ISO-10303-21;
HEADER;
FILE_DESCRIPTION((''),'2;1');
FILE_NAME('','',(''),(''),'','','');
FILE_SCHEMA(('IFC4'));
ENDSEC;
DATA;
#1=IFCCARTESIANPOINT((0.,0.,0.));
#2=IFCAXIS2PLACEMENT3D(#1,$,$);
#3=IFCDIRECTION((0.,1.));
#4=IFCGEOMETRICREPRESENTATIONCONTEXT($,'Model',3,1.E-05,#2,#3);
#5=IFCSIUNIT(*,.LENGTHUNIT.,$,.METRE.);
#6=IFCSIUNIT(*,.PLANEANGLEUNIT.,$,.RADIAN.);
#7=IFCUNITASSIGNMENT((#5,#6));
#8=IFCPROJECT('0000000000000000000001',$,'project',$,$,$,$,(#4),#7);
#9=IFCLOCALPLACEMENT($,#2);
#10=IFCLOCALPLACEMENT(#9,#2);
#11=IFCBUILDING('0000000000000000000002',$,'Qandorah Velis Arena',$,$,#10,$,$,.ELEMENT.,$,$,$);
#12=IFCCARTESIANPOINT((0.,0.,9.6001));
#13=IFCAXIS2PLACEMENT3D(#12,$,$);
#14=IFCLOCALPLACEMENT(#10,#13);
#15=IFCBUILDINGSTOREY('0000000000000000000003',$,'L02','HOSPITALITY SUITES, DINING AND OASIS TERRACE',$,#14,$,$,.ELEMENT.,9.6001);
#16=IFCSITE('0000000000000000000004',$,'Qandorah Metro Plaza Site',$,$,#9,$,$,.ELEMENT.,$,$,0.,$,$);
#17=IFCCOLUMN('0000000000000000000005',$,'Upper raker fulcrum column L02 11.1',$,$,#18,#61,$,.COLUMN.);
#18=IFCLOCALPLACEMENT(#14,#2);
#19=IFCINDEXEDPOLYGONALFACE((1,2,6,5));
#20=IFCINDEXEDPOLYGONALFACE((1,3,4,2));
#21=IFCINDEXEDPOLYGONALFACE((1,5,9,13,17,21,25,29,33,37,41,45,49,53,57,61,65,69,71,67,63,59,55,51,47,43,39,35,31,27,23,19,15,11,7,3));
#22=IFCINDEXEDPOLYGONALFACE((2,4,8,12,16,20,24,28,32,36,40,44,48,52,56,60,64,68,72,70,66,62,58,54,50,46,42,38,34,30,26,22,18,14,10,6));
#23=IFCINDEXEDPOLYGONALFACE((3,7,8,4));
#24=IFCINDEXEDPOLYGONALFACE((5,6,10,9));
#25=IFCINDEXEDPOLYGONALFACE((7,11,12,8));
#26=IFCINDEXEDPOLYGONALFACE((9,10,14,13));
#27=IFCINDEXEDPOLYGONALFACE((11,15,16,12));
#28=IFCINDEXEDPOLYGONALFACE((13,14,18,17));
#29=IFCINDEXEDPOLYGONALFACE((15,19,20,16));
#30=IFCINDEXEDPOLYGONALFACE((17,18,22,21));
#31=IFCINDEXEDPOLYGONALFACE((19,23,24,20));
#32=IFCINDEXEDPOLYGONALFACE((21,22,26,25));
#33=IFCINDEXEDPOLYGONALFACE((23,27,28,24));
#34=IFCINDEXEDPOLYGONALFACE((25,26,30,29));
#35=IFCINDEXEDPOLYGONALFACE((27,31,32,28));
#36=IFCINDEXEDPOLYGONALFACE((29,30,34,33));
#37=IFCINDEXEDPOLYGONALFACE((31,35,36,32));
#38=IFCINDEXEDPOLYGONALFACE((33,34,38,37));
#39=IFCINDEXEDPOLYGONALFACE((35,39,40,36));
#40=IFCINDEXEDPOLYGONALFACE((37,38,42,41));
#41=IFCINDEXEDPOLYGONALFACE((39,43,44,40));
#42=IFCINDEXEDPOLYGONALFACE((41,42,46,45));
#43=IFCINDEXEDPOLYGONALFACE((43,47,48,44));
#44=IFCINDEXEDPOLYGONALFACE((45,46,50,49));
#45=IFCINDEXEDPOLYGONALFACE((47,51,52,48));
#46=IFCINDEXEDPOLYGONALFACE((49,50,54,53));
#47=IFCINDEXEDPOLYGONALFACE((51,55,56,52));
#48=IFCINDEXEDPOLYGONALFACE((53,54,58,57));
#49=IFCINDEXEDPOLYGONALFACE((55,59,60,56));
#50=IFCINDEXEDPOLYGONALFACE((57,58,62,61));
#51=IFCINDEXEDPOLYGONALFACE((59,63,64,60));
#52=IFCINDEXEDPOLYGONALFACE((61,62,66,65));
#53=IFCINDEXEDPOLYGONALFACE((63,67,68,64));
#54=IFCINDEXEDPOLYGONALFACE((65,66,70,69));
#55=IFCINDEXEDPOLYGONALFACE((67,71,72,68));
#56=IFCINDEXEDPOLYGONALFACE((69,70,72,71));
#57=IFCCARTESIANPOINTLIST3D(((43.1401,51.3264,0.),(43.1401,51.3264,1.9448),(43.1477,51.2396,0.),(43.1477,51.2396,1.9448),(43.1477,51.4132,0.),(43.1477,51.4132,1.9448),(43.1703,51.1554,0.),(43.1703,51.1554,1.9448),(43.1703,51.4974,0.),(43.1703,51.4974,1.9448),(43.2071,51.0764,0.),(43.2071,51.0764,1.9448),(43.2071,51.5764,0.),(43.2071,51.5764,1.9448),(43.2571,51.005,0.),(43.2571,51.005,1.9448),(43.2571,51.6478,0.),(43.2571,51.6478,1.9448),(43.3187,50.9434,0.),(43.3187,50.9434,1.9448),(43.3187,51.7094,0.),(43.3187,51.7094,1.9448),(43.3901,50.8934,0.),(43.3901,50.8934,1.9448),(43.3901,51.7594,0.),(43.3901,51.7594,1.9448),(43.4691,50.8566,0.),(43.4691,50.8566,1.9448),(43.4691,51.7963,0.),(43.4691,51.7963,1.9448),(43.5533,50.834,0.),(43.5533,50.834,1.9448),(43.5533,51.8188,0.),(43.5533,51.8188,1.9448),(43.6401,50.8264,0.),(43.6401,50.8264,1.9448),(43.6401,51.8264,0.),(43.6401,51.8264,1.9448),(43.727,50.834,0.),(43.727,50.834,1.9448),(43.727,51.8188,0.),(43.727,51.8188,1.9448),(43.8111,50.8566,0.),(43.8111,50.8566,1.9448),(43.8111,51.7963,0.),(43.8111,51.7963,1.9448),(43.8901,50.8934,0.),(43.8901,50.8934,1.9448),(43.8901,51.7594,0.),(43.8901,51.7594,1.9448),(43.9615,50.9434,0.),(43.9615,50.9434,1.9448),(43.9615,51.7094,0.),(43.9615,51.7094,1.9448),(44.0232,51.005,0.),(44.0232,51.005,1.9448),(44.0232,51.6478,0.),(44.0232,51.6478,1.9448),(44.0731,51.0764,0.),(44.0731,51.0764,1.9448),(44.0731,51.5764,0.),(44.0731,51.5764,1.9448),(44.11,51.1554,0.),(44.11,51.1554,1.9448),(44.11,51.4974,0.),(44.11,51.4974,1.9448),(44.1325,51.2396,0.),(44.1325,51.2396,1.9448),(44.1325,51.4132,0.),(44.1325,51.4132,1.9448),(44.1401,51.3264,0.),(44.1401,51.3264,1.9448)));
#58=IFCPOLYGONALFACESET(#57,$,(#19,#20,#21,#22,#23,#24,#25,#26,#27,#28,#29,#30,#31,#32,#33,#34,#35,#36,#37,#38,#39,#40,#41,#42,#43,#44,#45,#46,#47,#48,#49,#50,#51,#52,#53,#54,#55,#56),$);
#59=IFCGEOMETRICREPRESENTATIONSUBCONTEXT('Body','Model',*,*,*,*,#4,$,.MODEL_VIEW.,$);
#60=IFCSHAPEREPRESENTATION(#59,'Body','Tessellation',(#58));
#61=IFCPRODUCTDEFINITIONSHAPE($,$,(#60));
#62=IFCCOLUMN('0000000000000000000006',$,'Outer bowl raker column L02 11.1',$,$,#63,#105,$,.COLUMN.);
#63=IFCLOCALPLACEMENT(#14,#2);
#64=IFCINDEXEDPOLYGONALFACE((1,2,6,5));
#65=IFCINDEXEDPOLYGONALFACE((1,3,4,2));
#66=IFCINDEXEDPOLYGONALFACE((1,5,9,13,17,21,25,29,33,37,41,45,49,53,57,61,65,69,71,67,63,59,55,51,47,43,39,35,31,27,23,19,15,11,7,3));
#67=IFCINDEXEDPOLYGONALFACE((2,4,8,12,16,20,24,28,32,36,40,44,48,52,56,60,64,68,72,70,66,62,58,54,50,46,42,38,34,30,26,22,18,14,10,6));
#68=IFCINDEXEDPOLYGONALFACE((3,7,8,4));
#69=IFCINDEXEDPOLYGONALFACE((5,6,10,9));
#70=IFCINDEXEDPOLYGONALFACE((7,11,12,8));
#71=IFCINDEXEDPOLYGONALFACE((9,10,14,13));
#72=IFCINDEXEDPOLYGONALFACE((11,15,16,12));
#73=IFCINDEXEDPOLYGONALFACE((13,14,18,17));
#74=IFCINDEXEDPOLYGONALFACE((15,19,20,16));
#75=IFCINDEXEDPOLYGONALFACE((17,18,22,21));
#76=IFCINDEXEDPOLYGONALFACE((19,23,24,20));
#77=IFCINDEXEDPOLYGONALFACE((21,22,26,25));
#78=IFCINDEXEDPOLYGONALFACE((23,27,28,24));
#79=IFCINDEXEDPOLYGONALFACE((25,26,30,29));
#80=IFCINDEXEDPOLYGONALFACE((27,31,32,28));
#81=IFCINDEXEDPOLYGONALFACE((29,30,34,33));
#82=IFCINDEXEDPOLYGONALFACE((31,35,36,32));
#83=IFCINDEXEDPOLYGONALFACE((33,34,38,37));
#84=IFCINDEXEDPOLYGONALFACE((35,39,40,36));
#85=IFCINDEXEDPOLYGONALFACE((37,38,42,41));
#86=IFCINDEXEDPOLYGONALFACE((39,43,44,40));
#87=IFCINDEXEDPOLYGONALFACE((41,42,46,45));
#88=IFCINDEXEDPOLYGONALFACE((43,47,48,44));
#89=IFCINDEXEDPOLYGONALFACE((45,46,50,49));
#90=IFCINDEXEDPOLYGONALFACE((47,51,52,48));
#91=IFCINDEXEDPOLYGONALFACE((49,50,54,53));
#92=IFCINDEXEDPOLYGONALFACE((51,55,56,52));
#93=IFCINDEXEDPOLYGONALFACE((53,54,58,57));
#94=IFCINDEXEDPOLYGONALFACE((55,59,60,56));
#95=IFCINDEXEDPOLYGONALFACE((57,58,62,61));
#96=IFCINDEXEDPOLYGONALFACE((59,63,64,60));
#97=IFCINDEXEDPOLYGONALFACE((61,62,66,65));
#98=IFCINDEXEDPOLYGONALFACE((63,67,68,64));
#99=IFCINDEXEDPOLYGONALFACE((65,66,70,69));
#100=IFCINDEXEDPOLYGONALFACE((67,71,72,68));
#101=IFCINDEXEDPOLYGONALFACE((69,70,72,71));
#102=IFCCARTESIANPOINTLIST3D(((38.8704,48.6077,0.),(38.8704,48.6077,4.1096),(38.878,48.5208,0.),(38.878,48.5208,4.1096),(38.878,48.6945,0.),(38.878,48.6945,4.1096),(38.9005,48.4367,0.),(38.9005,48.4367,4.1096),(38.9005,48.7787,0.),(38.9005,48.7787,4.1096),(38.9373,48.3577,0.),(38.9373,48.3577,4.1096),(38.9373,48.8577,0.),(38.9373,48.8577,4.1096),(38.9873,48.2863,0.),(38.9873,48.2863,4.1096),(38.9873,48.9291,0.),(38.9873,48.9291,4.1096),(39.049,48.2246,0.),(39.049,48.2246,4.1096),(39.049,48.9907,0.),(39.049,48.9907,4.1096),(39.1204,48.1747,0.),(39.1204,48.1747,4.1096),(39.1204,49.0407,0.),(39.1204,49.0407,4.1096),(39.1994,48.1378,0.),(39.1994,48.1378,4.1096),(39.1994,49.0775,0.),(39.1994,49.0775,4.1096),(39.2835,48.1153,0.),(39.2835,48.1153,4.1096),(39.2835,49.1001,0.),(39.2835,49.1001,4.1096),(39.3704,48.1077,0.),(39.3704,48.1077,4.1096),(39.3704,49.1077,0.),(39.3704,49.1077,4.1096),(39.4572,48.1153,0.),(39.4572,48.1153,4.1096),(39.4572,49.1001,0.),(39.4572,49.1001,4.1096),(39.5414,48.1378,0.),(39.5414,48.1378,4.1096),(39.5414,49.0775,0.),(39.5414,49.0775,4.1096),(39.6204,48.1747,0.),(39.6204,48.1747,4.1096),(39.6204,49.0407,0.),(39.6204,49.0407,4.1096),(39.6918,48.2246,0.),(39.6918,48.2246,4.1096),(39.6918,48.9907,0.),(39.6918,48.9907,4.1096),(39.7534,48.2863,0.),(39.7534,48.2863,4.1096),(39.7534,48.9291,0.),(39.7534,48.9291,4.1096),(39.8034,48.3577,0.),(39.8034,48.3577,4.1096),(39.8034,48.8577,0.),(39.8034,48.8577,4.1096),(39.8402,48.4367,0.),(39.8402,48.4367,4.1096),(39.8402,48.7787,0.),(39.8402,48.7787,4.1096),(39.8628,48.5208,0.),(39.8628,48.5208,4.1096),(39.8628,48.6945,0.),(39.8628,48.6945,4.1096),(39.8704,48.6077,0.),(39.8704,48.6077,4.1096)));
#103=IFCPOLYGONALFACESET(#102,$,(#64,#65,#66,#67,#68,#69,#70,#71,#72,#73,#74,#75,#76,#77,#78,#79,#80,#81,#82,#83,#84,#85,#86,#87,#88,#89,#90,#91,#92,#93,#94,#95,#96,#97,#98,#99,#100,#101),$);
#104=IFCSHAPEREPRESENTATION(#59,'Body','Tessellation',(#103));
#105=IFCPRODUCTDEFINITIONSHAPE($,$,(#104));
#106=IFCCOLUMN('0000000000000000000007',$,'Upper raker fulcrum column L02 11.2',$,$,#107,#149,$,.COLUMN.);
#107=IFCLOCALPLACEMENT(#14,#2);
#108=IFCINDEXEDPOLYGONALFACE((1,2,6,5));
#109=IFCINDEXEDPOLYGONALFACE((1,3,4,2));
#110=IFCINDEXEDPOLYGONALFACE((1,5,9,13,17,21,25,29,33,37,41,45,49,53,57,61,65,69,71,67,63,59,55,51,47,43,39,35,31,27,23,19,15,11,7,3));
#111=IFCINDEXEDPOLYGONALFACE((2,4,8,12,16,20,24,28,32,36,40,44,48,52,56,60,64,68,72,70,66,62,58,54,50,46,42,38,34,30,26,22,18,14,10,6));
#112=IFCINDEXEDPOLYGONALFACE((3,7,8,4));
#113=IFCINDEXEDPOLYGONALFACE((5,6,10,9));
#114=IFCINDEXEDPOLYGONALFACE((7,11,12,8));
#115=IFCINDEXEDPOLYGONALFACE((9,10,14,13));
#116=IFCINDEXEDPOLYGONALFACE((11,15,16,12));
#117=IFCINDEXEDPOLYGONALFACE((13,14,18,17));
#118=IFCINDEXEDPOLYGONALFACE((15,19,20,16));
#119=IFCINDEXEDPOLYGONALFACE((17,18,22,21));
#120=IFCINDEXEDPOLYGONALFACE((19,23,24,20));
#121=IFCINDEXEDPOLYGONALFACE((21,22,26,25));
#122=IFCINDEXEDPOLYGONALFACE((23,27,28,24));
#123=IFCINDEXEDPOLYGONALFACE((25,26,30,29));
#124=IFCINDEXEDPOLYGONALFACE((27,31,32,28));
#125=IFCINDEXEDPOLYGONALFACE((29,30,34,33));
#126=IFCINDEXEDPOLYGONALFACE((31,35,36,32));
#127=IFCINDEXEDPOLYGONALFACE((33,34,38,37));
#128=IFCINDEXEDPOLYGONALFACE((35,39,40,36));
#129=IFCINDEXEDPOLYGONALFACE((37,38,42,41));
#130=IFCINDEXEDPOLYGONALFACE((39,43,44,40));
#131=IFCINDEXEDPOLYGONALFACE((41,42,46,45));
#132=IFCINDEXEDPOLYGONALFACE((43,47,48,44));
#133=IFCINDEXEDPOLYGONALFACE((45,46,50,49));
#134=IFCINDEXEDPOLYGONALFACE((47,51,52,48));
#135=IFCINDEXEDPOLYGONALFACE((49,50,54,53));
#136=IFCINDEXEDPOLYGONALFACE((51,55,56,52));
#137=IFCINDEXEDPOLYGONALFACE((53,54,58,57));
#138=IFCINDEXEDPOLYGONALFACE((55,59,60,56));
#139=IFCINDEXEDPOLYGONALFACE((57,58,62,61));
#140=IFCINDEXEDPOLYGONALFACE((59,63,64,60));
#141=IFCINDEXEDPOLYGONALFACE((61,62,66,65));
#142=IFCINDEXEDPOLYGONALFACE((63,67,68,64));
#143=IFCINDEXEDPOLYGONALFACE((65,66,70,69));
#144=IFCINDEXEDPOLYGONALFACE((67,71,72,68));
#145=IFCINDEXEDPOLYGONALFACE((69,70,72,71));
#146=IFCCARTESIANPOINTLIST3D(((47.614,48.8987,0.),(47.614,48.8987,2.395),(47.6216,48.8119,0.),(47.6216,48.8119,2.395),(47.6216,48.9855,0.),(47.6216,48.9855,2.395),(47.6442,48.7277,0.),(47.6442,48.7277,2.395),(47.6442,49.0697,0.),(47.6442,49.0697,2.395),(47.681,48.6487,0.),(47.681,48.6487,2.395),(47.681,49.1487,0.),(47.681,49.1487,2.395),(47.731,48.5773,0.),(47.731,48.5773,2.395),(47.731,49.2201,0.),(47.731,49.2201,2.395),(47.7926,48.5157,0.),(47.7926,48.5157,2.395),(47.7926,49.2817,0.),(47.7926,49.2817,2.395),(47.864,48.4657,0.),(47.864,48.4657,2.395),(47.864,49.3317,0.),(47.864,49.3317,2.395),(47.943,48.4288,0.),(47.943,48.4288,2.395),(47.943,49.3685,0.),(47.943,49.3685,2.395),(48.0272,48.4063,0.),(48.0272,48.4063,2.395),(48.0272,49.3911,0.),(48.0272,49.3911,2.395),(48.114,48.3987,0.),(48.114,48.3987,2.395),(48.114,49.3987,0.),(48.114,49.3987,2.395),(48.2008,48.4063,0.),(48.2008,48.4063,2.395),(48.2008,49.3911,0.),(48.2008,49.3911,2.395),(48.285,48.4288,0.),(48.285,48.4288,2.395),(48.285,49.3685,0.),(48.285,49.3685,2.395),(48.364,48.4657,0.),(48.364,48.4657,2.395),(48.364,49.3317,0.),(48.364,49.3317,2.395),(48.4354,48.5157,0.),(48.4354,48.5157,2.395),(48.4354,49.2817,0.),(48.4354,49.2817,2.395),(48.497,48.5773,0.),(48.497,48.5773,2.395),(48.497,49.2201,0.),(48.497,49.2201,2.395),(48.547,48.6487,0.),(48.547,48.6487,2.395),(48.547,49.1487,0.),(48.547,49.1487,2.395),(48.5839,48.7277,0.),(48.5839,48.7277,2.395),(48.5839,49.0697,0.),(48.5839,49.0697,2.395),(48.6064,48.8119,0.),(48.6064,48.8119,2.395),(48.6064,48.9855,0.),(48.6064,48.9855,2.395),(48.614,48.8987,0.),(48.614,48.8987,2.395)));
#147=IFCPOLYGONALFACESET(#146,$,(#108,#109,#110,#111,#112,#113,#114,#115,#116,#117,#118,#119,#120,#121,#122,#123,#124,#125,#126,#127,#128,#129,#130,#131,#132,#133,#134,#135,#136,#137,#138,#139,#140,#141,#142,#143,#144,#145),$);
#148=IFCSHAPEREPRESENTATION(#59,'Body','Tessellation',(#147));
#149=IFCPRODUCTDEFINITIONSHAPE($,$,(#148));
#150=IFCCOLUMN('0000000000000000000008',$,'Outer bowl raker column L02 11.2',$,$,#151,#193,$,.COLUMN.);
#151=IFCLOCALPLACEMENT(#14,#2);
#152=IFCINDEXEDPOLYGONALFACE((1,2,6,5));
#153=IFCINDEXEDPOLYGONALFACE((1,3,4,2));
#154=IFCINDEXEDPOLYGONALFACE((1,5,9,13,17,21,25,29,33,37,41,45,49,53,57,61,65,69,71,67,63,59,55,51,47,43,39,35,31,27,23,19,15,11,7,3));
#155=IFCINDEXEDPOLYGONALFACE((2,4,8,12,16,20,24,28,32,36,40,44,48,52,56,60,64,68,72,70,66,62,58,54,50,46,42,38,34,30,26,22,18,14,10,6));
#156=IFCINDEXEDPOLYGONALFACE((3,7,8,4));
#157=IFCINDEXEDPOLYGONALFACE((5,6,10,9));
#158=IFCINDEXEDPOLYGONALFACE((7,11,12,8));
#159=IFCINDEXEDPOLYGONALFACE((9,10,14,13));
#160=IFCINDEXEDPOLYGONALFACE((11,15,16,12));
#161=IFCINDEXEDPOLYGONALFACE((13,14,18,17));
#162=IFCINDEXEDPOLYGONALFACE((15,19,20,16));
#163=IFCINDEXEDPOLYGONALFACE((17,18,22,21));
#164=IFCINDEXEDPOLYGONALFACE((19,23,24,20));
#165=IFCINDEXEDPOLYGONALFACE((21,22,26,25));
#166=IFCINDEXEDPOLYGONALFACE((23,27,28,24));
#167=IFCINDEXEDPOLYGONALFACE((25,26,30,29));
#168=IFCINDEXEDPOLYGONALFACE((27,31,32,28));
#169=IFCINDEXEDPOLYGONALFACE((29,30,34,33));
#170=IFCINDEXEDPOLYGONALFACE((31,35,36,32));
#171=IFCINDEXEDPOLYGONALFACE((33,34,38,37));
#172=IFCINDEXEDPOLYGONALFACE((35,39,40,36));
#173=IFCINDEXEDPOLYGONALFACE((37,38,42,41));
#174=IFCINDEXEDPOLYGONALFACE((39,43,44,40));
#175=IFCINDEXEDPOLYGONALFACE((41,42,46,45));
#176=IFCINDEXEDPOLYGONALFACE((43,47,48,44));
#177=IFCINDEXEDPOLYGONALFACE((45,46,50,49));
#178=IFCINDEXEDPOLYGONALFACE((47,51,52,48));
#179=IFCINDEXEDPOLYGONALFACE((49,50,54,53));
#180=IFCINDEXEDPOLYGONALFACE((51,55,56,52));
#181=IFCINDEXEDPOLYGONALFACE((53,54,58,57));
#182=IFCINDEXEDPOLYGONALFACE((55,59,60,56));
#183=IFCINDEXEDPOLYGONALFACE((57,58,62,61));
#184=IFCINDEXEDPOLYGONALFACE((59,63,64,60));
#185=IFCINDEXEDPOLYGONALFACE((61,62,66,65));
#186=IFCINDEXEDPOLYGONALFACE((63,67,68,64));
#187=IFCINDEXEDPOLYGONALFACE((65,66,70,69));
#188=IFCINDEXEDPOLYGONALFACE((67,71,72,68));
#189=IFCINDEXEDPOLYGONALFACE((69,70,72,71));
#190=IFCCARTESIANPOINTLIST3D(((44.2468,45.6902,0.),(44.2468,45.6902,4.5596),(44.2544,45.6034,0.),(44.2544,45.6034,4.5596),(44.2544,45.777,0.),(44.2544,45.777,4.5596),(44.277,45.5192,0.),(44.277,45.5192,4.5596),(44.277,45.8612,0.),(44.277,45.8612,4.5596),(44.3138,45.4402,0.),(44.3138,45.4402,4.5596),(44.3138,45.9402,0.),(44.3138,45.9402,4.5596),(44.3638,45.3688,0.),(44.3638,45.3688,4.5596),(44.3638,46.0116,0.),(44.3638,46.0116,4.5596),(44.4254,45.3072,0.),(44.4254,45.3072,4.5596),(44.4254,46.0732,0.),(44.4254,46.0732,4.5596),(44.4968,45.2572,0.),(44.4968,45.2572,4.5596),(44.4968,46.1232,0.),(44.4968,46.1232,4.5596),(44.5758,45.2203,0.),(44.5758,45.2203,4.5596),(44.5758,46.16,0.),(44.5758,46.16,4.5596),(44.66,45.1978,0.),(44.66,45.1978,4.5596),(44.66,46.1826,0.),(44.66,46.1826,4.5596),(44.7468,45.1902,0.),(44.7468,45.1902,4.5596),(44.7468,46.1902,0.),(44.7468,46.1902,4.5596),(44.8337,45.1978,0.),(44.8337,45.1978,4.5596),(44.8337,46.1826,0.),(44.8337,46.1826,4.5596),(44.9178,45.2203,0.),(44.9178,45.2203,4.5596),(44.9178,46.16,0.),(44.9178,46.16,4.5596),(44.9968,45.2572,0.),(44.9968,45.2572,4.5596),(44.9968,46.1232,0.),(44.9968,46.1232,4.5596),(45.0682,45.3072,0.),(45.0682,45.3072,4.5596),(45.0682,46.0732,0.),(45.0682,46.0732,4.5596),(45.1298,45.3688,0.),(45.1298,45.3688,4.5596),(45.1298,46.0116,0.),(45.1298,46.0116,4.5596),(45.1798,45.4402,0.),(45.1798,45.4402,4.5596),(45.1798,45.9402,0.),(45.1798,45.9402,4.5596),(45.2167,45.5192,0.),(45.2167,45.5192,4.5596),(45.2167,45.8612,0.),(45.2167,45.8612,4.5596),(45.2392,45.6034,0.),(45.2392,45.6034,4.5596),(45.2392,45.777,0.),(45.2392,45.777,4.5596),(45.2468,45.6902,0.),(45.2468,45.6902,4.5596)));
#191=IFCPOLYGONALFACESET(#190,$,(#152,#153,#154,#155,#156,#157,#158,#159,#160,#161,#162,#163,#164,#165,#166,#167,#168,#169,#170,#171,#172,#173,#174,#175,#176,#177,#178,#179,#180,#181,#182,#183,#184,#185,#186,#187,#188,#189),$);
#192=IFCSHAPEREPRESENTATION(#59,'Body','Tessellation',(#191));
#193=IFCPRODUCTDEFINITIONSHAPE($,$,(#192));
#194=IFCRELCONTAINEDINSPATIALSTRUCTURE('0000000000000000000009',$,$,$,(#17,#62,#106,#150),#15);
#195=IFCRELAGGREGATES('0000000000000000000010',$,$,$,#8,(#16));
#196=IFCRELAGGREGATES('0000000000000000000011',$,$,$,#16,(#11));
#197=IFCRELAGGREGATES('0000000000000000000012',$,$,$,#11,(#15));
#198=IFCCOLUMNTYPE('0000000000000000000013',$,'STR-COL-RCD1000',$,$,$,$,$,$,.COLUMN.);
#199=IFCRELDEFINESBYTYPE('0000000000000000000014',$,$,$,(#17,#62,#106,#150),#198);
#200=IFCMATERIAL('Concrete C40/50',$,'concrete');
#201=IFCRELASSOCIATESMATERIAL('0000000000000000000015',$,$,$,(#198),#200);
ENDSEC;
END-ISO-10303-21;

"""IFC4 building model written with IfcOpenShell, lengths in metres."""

from ifc_helpers import new_model, si_unit, direction, frame, origin, origin_2d, place, context, subcontext, project, spatial, circle, extrude, material, material_profile, profile_set, type_object, element, save


model = new_model("IFC4")

# Units and contexts
model_context = context("Model", 3, precision=1e-05, world=origin(), true_north=direction((0.0, 1.0)))
body_context = subcontext(model_context, "Body", "Model", "MODEL_VIEW")
ifc_project = project(units=[si_unit("LENGTHUNIT", "METRE"), si_unit("PLANEANGLEUNIT", "RADIAN")], contexts=[model_context])

# Site, building, storey
site_placement = place(None, origin())
site = spatial("IfcSite", under=ifc_project, at=site_placement, Name="Qandorah Metro Plaza Site", CompositionType="ELEMENT", RefElevation=0.0)
building_placement = place(site_placement, origin())
building = spatial("IfcBuilding", under=site, at=building_placement, Name="Qandorah Velis Arena", CompositionType="ELEMENT")
storey_placement = place(building_placement, frame((0.0, 0.0, 9.6001)))
storey = spatial("IfcBuildingStorey", under=building, at=storey_placement, Name="L02", Description="HOSPITALITY SUITES, DINING AND OASIS TERRACE", CompositionType="ELEMENT", Elevation=9.6001)

# Columns
ifc_material_1 = material(Name="Concrete C40/50", Category="concrete")
ifc_material_profile_1 = material_profile(ifc_material_1, circle(Radius=0.5, at=origin_2d()), Name="RC D1000")
ifc_profile_set_1 = profile_set([ifc_material_profile_1], Name="Concrete C40/50")
column_type_1 = type_object("IfcColumnType", Name="STR-COL-RCD1000", PredefinedType="COLUMN", material=ifc_profile_set_1)
column_1_placement = place(storey_placement, frame((43.6401, 51.3264, 0.0), z_axis=(0.0, 0.0, 1.0), x_axis=(1.0, 0.0, 0.0)))
element("IfcColumn", 1, at=column_1_placement, inside=storey, type_object=column_type_1, Name="Upper raker fulcrum column L02 11.1", PredefinedType="COLUMN", context=body_context, shape_type="SweptSolid", body=[
    extrude(circle(Radius=0.5, at=origin_2d()), origin(), (0.0, 0.0, 1.0), 1.9448),
])
column_2_placement = place(storey_placement, frame((39.3704, 48.6077, 0.0), z_axis=(0.0, 0.0, 1.0), x_axis=(1.0, 0.0, 0.0)))
element("IfcColumn", 2, at=column_2_placement, inside=storey, type_object=column_type_1, Name="Outer bowl raker column L02 11.1", PredefinedType="COLUMN", context=body_context, shape_type="SweptSolid", body=[
    extrude(circle(Radius=0.5, at=origin_2d()), origin(), (0.0, 0.0, 1.0), 4.1096),
])
column_3_placement = place(storey_placement, frame((48.114, 48.8987, 0.0), z_axis=(0.0, 0.0, 1.0), x_axis=(1.0, 0.0, 0.0)))
element("IfcColumn", 3, at=column_3_placement, inside=storey, type_object=column_type_1, Name="Upper raker fulcrum column L02 11.2", PredefinedType="COLUMN", context=body_context, shape_type="SweptSolid", body=[
    extrude(circle(Radius=0.5, at=origin_2d()), origin(), (0.0, 0.0, 1.0), 2.395),
])
column_4_placement = place(storey_placement, frame((44.7468, 45.6902, 0.0), z_axis=(0.0, 0.0, 1.0), x_axis=(1.0, 0.0, 0.0)))
element("IfcColumn", 4, at=column_4_placement, inside=storey, type_object=column_type_1, Name="Outer bowl raker column L02 11.2", PredefinedType="COLUMN", context=body_context, shape_type="SweptSolid", body=[
    extrude(circle(Radius=0.5, at=origin_2d()), origin(), (0.0, 0.0, 1.0), 4.5596),
])

save(model, "model.ifc")
